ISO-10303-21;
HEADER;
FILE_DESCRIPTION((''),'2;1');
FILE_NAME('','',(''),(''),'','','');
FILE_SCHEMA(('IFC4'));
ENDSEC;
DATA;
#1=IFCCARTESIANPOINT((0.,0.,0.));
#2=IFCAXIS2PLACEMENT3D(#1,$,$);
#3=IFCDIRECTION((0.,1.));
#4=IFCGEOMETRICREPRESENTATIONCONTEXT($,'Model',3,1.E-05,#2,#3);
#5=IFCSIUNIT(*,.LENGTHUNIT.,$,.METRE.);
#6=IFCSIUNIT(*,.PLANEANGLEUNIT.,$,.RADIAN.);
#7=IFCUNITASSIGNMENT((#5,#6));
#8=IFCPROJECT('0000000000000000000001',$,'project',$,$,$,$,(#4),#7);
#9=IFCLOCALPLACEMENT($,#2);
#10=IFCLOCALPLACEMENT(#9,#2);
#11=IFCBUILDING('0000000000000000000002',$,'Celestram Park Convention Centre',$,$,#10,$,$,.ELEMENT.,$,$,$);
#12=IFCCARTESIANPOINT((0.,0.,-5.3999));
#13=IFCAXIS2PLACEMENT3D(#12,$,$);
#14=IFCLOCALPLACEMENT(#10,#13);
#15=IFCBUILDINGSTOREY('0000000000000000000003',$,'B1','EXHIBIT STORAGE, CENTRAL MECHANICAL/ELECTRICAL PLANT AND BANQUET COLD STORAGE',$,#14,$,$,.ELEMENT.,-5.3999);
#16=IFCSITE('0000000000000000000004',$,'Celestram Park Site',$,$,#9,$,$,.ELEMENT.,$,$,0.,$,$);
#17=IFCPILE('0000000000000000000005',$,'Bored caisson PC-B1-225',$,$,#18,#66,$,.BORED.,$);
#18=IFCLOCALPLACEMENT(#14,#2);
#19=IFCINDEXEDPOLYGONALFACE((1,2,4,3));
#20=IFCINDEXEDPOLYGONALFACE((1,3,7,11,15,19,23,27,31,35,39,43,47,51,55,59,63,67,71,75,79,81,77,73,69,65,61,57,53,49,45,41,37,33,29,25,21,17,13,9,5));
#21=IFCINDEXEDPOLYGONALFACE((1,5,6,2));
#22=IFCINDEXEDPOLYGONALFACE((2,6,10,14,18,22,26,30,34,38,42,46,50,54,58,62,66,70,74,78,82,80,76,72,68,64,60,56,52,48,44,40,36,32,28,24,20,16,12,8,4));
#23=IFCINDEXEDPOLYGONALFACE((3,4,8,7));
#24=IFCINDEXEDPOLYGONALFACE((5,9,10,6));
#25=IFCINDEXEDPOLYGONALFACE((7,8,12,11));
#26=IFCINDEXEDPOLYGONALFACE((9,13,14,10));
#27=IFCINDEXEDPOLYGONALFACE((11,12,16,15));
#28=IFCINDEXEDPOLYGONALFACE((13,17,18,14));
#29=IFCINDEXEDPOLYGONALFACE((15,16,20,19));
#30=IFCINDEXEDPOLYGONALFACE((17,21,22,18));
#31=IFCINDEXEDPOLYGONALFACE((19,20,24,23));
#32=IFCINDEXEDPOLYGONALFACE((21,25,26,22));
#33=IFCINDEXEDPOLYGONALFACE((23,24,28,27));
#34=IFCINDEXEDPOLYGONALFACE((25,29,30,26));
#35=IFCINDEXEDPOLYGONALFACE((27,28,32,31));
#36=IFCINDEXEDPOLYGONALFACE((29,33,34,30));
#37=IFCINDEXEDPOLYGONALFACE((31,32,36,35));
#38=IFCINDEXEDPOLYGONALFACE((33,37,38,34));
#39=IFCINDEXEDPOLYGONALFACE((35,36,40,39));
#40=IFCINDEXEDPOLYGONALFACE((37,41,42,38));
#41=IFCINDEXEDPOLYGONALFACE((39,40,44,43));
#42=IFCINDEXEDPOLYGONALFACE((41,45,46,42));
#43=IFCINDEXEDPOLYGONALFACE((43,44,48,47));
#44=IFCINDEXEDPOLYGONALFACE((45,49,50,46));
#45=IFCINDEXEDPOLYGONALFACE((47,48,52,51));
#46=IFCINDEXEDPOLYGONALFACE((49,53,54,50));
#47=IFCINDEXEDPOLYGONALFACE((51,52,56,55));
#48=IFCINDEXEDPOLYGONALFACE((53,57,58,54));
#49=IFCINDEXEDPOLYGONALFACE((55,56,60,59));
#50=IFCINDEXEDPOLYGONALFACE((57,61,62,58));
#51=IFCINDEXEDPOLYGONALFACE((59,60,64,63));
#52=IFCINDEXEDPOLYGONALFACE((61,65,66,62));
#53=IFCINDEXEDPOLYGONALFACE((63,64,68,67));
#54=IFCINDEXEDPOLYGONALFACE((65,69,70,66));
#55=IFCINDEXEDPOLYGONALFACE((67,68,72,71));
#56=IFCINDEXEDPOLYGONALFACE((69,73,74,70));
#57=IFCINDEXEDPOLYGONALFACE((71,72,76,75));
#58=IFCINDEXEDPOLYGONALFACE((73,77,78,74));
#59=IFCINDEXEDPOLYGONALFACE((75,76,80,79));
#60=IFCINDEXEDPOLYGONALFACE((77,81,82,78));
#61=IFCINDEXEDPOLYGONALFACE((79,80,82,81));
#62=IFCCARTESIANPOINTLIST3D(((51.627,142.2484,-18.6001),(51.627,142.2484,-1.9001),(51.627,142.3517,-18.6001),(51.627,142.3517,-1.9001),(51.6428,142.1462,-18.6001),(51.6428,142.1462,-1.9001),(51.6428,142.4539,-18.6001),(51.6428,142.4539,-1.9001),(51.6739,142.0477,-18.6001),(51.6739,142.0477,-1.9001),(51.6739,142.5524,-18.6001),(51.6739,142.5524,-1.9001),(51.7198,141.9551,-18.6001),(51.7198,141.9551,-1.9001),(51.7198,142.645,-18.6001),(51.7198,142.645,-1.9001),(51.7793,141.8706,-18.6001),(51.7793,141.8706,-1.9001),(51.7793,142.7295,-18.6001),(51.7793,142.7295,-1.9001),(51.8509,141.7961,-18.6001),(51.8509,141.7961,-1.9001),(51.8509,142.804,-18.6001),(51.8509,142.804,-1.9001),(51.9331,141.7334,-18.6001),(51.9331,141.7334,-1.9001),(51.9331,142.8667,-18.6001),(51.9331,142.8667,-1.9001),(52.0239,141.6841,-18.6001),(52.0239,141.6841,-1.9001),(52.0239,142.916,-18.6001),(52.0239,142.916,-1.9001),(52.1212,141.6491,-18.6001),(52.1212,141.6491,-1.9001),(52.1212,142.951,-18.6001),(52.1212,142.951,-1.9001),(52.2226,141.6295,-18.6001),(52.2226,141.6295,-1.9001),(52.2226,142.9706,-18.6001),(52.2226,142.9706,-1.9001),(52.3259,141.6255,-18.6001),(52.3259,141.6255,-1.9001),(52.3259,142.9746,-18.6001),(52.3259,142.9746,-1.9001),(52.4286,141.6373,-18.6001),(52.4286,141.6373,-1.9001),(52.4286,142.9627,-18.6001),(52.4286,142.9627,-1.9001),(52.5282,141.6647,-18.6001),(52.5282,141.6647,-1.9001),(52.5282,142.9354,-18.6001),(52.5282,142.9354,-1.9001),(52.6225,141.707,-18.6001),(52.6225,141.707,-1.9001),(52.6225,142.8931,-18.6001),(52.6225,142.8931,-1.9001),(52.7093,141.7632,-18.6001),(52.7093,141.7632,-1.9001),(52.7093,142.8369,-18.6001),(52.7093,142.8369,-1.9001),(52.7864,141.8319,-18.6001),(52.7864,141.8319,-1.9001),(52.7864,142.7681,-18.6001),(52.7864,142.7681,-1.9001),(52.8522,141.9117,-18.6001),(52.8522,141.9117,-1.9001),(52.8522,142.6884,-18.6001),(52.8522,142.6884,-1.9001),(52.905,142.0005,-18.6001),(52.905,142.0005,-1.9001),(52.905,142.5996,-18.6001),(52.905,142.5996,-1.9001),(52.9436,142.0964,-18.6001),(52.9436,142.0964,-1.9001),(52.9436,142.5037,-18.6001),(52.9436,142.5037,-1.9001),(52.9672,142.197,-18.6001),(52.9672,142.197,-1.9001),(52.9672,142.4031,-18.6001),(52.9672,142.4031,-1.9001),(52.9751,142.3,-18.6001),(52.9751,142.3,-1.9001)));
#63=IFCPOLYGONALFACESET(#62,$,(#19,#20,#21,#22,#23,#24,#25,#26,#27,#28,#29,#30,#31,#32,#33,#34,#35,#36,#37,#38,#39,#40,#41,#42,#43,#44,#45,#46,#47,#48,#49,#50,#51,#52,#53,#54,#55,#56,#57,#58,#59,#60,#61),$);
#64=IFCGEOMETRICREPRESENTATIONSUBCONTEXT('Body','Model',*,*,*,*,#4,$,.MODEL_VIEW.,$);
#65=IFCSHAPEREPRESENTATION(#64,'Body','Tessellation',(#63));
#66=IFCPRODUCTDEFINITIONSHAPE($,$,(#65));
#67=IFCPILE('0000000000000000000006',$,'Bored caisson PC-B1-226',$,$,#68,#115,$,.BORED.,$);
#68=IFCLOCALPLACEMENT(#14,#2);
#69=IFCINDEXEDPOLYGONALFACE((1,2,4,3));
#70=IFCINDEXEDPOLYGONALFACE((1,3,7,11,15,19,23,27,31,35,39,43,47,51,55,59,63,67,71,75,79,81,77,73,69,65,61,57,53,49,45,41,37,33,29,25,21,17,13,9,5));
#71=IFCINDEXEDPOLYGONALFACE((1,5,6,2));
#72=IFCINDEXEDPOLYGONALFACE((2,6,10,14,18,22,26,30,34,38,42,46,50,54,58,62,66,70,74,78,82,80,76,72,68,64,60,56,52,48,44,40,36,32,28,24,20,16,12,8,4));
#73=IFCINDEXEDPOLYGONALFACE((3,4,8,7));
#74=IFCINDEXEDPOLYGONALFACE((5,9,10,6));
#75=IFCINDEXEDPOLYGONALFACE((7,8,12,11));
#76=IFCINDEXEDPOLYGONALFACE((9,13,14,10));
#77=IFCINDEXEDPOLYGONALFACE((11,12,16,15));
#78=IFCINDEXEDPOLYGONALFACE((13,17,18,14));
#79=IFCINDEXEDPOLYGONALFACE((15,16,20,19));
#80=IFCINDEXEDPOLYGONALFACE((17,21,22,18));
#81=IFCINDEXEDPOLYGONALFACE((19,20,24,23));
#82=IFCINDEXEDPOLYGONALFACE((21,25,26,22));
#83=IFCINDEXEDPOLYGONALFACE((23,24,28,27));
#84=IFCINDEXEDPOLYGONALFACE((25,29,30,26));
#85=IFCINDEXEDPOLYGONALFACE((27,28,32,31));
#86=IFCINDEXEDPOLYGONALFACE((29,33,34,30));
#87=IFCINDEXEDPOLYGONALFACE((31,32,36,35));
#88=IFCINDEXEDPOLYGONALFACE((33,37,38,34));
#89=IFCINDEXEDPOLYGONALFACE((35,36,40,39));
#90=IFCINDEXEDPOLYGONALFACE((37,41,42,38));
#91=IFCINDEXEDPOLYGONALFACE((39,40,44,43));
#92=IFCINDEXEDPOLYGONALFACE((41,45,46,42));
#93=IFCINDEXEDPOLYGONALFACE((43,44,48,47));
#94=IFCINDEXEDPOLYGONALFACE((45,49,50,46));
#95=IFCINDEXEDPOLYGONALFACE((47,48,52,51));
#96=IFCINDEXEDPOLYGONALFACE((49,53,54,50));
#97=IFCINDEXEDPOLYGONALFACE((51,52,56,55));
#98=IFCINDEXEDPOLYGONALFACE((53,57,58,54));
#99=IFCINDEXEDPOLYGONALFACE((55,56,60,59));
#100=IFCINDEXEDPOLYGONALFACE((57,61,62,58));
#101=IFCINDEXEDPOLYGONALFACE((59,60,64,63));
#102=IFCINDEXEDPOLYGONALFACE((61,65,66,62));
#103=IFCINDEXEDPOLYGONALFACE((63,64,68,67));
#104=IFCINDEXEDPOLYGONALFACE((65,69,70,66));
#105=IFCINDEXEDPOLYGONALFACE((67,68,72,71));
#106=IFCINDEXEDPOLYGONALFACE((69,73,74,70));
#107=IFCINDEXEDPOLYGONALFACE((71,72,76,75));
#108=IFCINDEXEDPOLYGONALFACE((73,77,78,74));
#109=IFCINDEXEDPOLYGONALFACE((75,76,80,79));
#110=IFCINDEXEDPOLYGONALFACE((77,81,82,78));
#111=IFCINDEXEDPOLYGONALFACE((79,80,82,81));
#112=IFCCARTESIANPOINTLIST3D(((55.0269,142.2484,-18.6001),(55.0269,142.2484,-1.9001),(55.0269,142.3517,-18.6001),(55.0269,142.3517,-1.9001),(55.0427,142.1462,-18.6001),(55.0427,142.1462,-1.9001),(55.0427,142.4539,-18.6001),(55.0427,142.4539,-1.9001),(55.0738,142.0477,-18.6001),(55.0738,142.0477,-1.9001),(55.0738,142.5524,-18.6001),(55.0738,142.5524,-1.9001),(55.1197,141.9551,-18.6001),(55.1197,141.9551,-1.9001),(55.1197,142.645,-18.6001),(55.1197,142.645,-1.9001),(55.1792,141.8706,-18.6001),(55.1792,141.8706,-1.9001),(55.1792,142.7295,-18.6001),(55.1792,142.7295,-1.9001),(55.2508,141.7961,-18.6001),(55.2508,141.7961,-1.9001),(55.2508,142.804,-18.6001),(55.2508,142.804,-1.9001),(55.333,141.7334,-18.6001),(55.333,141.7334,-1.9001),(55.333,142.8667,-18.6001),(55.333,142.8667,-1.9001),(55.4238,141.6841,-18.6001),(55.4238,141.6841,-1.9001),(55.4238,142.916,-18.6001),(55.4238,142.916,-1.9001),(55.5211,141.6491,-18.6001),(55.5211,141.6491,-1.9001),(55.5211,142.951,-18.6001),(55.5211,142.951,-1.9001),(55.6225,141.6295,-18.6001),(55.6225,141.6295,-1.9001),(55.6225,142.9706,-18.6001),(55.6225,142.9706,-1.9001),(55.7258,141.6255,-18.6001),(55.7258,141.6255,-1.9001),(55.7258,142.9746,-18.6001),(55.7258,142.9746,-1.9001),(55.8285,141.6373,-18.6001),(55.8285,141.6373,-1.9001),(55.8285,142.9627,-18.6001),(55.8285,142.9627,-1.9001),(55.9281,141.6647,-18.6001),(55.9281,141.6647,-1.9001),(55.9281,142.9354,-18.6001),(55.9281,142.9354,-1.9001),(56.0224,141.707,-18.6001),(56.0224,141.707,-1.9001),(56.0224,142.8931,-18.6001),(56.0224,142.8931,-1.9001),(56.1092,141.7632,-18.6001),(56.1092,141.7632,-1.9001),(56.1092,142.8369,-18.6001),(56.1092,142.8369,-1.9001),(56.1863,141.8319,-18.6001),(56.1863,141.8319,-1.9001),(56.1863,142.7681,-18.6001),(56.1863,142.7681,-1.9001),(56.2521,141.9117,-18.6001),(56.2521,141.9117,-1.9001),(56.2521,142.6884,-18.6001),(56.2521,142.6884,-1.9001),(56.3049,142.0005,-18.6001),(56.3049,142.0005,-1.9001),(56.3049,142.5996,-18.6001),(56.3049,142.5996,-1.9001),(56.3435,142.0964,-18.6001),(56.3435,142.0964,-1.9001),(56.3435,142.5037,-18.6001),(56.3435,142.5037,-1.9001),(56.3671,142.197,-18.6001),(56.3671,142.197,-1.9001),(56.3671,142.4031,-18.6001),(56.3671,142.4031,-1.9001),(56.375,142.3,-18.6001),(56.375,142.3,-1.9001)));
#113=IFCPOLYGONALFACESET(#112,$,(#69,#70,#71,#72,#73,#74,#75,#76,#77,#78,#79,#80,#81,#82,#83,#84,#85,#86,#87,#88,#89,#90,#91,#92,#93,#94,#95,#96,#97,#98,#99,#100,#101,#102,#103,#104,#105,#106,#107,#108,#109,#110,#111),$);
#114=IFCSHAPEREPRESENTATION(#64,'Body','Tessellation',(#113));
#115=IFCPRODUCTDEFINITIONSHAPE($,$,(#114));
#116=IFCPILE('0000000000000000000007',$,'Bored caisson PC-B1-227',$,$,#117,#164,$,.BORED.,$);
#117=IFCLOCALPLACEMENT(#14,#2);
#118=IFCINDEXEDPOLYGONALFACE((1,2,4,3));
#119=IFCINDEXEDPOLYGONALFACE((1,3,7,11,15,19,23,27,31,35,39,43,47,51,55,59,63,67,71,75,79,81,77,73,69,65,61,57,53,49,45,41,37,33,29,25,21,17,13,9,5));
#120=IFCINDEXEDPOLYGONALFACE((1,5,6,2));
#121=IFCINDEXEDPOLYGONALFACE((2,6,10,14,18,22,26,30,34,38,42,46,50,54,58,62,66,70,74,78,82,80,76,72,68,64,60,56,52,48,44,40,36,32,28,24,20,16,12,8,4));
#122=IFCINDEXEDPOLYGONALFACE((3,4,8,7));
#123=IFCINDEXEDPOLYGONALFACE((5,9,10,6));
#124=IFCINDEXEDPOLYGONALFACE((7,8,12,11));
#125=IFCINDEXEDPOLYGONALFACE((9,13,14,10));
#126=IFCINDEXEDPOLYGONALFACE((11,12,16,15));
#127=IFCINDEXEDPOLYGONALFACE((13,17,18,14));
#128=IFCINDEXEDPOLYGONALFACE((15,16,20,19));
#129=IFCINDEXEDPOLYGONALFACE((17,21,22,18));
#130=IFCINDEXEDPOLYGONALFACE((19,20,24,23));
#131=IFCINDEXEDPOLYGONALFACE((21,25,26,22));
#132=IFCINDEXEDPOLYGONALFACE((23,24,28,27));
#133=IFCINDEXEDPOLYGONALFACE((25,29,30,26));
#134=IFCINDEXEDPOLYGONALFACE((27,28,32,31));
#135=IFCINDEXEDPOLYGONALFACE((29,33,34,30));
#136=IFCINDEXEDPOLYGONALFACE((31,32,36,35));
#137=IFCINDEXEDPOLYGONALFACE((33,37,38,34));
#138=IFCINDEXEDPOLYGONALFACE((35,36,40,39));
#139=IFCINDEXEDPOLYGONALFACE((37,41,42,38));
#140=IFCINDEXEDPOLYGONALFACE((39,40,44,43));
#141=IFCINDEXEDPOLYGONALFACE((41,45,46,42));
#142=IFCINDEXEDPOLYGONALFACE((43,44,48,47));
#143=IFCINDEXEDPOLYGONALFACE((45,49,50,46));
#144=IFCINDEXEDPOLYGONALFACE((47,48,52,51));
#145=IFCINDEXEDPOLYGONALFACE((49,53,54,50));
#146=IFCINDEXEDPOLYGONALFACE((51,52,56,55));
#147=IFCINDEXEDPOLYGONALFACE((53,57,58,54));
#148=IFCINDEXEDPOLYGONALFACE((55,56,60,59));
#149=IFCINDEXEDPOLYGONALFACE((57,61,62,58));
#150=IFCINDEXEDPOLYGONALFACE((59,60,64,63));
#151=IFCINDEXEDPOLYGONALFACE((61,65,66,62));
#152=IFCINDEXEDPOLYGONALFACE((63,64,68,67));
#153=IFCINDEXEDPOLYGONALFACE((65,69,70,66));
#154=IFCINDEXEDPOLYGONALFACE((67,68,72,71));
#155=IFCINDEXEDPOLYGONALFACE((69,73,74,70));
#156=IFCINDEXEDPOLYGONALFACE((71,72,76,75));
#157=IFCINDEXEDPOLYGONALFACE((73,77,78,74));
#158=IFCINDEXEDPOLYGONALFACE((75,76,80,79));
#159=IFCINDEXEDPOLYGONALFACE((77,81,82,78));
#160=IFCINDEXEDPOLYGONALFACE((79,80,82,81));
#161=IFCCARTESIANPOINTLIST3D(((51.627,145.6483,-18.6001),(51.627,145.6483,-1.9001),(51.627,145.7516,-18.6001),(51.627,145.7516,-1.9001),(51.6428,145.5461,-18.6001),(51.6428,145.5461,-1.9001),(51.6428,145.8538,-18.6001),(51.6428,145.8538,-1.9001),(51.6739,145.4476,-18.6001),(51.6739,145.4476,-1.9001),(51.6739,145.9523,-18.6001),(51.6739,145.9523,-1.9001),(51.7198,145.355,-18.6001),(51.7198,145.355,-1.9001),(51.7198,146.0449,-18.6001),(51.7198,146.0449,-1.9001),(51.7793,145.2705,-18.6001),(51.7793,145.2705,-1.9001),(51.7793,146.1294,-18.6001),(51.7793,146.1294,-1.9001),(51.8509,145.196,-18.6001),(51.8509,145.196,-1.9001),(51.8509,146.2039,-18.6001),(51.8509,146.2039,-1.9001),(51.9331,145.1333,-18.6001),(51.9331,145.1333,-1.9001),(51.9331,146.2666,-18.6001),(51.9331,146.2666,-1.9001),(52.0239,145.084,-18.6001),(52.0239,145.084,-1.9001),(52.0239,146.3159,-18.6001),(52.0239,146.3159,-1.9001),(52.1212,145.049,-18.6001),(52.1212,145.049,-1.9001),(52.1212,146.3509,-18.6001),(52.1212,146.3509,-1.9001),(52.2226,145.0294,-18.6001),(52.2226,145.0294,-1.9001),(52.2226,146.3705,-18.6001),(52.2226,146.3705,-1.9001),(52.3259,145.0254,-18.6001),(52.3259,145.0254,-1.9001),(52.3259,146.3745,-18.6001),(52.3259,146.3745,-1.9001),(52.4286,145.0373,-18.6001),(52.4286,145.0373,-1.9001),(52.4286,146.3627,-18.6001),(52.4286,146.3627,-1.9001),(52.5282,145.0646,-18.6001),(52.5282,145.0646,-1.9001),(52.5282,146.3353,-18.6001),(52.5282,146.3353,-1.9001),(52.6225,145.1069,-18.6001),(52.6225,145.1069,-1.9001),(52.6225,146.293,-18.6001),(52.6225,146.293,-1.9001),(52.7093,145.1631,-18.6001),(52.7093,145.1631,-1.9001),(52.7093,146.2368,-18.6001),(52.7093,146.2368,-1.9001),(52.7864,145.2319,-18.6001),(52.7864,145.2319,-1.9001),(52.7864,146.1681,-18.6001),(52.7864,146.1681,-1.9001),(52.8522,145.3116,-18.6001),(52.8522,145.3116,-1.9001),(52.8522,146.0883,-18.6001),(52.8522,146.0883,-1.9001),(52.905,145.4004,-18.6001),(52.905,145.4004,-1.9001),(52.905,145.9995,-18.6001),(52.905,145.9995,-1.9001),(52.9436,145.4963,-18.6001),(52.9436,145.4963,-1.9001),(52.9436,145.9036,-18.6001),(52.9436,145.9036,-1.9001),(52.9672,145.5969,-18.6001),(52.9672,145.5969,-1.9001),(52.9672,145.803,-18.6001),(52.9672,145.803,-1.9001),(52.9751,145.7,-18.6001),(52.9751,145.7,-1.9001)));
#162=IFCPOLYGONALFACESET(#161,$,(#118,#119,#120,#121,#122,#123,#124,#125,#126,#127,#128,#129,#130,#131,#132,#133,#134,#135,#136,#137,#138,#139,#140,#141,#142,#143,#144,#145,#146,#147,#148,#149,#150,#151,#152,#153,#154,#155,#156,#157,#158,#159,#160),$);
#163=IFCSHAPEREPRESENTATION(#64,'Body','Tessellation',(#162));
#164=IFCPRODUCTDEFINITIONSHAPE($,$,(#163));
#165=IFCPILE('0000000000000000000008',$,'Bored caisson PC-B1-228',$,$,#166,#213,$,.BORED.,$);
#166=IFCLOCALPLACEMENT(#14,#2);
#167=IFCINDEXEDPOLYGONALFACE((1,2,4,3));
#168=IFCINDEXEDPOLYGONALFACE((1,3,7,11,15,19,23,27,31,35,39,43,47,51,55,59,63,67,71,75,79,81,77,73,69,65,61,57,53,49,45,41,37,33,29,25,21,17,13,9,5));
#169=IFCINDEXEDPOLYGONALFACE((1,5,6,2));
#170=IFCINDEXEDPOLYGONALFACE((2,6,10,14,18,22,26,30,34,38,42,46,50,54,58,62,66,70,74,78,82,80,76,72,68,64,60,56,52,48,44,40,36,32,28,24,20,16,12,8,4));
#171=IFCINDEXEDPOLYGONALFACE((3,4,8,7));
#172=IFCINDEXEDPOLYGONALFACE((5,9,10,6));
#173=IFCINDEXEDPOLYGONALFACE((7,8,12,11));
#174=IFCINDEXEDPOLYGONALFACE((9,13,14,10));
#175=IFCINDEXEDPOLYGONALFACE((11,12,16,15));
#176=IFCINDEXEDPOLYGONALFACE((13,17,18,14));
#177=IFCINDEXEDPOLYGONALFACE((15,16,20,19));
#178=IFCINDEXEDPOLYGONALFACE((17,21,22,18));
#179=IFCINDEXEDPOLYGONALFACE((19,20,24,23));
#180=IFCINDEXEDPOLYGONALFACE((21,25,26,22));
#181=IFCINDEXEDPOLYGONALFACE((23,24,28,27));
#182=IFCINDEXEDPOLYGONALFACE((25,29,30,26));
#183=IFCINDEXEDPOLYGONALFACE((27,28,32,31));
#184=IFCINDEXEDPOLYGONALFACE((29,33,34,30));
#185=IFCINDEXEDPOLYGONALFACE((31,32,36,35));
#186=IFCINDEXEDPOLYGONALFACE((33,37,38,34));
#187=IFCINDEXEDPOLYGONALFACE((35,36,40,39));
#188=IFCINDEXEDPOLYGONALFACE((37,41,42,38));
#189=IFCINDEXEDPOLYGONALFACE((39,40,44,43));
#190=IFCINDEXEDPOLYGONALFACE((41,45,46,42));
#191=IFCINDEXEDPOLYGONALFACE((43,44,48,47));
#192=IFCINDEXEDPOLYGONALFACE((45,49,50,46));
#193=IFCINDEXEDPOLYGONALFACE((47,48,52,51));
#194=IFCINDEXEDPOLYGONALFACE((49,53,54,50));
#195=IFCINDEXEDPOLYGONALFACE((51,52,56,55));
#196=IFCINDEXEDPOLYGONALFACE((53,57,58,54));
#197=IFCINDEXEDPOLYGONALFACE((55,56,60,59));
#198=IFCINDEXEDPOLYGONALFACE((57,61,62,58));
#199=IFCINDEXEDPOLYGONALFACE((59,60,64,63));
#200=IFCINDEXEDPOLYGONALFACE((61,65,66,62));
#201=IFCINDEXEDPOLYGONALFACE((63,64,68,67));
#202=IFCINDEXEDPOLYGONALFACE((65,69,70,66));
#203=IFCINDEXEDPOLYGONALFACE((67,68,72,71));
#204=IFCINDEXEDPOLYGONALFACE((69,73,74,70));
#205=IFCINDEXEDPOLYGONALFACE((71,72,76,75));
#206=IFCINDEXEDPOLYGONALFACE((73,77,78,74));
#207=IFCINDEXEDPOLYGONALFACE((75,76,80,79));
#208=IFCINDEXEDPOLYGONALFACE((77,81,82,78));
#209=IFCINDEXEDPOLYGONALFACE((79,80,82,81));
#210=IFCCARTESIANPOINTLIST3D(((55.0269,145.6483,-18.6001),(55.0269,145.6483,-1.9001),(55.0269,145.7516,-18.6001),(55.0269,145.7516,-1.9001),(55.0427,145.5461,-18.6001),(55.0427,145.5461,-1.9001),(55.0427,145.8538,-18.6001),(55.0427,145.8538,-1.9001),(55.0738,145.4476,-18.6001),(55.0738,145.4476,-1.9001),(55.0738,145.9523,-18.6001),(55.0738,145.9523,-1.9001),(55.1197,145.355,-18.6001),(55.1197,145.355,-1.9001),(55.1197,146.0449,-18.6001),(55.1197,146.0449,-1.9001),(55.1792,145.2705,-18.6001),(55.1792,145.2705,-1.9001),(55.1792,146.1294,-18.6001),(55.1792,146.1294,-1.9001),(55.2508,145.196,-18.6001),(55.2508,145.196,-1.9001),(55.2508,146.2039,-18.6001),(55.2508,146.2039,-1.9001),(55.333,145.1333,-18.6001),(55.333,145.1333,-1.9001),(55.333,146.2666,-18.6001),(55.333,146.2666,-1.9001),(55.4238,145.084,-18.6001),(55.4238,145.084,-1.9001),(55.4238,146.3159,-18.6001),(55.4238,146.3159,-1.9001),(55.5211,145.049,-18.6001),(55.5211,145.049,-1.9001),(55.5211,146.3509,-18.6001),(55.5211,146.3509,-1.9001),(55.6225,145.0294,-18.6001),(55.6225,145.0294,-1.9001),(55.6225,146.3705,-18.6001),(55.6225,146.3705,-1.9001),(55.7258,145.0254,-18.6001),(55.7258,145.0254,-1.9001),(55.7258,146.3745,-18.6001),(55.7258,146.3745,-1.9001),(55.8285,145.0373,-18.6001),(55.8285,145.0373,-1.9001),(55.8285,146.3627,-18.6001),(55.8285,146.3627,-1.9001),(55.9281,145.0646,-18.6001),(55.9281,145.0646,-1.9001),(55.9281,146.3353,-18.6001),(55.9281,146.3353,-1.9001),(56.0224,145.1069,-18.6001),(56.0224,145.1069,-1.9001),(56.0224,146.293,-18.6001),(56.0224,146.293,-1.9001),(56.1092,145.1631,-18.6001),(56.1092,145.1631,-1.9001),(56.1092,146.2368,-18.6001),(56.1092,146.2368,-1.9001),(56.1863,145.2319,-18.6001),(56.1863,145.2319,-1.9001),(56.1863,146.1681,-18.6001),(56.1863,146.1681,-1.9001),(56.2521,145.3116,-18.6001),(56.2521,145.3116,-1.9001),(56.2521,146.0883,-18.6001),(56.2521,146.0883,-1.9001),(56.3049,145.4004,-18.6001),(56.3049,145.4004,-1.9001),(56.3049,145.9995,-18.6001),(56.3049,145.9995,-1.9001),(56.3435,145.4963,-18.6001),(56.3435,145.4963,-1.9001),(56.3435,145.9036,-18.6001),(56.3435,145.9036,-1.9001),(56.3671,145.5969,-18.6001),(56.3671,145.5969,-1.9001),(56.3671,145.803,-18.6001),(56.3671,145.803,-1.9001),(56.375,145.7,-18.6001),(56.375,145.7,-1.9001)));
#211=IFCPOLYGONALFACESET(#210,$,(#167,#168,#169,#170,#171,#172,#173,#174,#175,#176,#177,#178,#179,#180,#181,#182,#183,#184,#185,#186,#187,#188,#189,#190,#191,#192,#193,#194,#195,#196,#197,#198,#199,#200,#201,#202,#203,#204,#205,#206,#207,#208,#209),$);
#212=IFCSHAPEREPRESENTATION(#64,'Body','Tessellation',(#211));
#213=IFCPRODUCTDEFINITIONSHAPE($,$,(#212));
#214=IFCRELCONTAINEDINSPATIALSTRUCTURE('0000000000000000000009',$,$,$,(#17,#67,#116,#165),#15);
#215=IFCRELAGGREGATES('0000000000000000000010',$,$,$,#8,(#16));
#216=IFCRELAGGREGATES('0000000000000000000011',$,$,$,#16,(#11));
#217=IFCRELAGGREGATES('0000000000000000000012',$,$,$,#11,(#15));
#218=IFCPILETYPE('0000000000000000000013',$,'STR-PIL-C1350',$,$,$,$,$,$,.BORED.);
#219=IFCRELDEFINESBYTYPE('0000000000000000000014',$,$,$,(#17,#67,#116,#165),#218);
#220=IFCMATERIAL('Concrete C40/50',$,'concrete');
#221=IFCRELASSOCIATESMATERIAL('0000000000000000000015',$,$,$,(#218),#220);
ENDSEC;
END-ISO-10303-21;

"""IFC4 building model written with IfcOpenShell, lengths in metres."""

from ifc_helpers import new_model, si_unit, direction, frame, origin, origin_2d, place, context, subcontext, project, spatial, circle, extrude, material, material_profile, profile_set, type_object, element, save


model = new_model("IFC4")

# Units and contexts
model_context = context("Model", 3, precision=1e-05, world=origin(), true_north=direction((0.0, 1.0)))
body_context = subcontext(model_context, "Body", "Model", "MODEL_VIEW")
ifc_project = project(units=[si_unit("LENGTHUNIT", "METRE"), si_unit("PLANEANGLEUNIT", "RADIAN")], contexts=[model_context])

# Site, building, storey
site_placement = place(None, origin())
site = spatial("IfcSite", under=ifc_project, at=site_placement, Name="Celestram Park Site", CompositionType="ELEMENT", RefElevation=0.0)
building_placement = place(site_placement, origin())
building = spatial("IfcBuilding", under=site, at=building_placement, Name="Celestram Park Convention Centre", CompositionType="ELEMENT")
storey_placement = place(building_placement, frame((0.0, 0.0, -5.3999)))
storey = spatial("IfcBuildingStorey", under=building, at=storey_placement, Name="B1", Description="EXHIBIT STORAGE, CENTRAL MECHANICAL/ELECTRICAL PLANT AND BANQUET COLD STORAGE", CompositionType="ELEMENT", Elevation=-5.3999)

# Shared definitions
ifc_material_1 = material(Name="Concrete C40/50", Category="concrete")

# Piles
ifc_material_profile_1 = material_profile(ifc_material_1, circle(Radius=0.675, at=origin_2d()), Name="CAISSON1350")
ifc_profile_set_1 = profile_set([ifc_material_profile_1], Name="Concrete C40/50")
pile_type = type_object("IfcPileType", Name="STR-PIL-C1350", PredefinedType="BORED", material=ifc_profile_set_1)
for number, where, z_axis, x_axis, name in (
    (1, (52.3, 142.3, -1.9001), (0.0, 0.0, -1.0), (1.0, 0.0, 0.0), "Bored caisson PC-B1-225"),
    (2, (55.7, 142.3, -1.9001), (0.0, 0.0, -1.0), (1.0, 0.0, 0.0), "Bored caisson PC-B1-226"),
    (3, (52.3, 145.7, -1.9001), (0.0, 0.0, -1.0), (1.0, 0.0, 0.0), "Bored caisson PC-B1-227"),
    (4, (55.7, 145.7, -1.9001), (0.0, 0.0, -1.0), (1.0, 0.0, 0.0), "Bored caisson PC-B1-228"),
):
    element("IfcPile", number, at=place(storey_placement, frame(where, z_axis=z_axis, x_axis=x_axis)), inside=storey, type_object=pile_type, Name=name, PredefinedType="BORED", context=body_context, shape_type="SweptSolid", body=[
        extrude(circle(Radius=0.675, at=origin_2d()), origin(), (0.0, 0.0, 1.0), 16.7),
    ])

save(model, "model.ifc")
